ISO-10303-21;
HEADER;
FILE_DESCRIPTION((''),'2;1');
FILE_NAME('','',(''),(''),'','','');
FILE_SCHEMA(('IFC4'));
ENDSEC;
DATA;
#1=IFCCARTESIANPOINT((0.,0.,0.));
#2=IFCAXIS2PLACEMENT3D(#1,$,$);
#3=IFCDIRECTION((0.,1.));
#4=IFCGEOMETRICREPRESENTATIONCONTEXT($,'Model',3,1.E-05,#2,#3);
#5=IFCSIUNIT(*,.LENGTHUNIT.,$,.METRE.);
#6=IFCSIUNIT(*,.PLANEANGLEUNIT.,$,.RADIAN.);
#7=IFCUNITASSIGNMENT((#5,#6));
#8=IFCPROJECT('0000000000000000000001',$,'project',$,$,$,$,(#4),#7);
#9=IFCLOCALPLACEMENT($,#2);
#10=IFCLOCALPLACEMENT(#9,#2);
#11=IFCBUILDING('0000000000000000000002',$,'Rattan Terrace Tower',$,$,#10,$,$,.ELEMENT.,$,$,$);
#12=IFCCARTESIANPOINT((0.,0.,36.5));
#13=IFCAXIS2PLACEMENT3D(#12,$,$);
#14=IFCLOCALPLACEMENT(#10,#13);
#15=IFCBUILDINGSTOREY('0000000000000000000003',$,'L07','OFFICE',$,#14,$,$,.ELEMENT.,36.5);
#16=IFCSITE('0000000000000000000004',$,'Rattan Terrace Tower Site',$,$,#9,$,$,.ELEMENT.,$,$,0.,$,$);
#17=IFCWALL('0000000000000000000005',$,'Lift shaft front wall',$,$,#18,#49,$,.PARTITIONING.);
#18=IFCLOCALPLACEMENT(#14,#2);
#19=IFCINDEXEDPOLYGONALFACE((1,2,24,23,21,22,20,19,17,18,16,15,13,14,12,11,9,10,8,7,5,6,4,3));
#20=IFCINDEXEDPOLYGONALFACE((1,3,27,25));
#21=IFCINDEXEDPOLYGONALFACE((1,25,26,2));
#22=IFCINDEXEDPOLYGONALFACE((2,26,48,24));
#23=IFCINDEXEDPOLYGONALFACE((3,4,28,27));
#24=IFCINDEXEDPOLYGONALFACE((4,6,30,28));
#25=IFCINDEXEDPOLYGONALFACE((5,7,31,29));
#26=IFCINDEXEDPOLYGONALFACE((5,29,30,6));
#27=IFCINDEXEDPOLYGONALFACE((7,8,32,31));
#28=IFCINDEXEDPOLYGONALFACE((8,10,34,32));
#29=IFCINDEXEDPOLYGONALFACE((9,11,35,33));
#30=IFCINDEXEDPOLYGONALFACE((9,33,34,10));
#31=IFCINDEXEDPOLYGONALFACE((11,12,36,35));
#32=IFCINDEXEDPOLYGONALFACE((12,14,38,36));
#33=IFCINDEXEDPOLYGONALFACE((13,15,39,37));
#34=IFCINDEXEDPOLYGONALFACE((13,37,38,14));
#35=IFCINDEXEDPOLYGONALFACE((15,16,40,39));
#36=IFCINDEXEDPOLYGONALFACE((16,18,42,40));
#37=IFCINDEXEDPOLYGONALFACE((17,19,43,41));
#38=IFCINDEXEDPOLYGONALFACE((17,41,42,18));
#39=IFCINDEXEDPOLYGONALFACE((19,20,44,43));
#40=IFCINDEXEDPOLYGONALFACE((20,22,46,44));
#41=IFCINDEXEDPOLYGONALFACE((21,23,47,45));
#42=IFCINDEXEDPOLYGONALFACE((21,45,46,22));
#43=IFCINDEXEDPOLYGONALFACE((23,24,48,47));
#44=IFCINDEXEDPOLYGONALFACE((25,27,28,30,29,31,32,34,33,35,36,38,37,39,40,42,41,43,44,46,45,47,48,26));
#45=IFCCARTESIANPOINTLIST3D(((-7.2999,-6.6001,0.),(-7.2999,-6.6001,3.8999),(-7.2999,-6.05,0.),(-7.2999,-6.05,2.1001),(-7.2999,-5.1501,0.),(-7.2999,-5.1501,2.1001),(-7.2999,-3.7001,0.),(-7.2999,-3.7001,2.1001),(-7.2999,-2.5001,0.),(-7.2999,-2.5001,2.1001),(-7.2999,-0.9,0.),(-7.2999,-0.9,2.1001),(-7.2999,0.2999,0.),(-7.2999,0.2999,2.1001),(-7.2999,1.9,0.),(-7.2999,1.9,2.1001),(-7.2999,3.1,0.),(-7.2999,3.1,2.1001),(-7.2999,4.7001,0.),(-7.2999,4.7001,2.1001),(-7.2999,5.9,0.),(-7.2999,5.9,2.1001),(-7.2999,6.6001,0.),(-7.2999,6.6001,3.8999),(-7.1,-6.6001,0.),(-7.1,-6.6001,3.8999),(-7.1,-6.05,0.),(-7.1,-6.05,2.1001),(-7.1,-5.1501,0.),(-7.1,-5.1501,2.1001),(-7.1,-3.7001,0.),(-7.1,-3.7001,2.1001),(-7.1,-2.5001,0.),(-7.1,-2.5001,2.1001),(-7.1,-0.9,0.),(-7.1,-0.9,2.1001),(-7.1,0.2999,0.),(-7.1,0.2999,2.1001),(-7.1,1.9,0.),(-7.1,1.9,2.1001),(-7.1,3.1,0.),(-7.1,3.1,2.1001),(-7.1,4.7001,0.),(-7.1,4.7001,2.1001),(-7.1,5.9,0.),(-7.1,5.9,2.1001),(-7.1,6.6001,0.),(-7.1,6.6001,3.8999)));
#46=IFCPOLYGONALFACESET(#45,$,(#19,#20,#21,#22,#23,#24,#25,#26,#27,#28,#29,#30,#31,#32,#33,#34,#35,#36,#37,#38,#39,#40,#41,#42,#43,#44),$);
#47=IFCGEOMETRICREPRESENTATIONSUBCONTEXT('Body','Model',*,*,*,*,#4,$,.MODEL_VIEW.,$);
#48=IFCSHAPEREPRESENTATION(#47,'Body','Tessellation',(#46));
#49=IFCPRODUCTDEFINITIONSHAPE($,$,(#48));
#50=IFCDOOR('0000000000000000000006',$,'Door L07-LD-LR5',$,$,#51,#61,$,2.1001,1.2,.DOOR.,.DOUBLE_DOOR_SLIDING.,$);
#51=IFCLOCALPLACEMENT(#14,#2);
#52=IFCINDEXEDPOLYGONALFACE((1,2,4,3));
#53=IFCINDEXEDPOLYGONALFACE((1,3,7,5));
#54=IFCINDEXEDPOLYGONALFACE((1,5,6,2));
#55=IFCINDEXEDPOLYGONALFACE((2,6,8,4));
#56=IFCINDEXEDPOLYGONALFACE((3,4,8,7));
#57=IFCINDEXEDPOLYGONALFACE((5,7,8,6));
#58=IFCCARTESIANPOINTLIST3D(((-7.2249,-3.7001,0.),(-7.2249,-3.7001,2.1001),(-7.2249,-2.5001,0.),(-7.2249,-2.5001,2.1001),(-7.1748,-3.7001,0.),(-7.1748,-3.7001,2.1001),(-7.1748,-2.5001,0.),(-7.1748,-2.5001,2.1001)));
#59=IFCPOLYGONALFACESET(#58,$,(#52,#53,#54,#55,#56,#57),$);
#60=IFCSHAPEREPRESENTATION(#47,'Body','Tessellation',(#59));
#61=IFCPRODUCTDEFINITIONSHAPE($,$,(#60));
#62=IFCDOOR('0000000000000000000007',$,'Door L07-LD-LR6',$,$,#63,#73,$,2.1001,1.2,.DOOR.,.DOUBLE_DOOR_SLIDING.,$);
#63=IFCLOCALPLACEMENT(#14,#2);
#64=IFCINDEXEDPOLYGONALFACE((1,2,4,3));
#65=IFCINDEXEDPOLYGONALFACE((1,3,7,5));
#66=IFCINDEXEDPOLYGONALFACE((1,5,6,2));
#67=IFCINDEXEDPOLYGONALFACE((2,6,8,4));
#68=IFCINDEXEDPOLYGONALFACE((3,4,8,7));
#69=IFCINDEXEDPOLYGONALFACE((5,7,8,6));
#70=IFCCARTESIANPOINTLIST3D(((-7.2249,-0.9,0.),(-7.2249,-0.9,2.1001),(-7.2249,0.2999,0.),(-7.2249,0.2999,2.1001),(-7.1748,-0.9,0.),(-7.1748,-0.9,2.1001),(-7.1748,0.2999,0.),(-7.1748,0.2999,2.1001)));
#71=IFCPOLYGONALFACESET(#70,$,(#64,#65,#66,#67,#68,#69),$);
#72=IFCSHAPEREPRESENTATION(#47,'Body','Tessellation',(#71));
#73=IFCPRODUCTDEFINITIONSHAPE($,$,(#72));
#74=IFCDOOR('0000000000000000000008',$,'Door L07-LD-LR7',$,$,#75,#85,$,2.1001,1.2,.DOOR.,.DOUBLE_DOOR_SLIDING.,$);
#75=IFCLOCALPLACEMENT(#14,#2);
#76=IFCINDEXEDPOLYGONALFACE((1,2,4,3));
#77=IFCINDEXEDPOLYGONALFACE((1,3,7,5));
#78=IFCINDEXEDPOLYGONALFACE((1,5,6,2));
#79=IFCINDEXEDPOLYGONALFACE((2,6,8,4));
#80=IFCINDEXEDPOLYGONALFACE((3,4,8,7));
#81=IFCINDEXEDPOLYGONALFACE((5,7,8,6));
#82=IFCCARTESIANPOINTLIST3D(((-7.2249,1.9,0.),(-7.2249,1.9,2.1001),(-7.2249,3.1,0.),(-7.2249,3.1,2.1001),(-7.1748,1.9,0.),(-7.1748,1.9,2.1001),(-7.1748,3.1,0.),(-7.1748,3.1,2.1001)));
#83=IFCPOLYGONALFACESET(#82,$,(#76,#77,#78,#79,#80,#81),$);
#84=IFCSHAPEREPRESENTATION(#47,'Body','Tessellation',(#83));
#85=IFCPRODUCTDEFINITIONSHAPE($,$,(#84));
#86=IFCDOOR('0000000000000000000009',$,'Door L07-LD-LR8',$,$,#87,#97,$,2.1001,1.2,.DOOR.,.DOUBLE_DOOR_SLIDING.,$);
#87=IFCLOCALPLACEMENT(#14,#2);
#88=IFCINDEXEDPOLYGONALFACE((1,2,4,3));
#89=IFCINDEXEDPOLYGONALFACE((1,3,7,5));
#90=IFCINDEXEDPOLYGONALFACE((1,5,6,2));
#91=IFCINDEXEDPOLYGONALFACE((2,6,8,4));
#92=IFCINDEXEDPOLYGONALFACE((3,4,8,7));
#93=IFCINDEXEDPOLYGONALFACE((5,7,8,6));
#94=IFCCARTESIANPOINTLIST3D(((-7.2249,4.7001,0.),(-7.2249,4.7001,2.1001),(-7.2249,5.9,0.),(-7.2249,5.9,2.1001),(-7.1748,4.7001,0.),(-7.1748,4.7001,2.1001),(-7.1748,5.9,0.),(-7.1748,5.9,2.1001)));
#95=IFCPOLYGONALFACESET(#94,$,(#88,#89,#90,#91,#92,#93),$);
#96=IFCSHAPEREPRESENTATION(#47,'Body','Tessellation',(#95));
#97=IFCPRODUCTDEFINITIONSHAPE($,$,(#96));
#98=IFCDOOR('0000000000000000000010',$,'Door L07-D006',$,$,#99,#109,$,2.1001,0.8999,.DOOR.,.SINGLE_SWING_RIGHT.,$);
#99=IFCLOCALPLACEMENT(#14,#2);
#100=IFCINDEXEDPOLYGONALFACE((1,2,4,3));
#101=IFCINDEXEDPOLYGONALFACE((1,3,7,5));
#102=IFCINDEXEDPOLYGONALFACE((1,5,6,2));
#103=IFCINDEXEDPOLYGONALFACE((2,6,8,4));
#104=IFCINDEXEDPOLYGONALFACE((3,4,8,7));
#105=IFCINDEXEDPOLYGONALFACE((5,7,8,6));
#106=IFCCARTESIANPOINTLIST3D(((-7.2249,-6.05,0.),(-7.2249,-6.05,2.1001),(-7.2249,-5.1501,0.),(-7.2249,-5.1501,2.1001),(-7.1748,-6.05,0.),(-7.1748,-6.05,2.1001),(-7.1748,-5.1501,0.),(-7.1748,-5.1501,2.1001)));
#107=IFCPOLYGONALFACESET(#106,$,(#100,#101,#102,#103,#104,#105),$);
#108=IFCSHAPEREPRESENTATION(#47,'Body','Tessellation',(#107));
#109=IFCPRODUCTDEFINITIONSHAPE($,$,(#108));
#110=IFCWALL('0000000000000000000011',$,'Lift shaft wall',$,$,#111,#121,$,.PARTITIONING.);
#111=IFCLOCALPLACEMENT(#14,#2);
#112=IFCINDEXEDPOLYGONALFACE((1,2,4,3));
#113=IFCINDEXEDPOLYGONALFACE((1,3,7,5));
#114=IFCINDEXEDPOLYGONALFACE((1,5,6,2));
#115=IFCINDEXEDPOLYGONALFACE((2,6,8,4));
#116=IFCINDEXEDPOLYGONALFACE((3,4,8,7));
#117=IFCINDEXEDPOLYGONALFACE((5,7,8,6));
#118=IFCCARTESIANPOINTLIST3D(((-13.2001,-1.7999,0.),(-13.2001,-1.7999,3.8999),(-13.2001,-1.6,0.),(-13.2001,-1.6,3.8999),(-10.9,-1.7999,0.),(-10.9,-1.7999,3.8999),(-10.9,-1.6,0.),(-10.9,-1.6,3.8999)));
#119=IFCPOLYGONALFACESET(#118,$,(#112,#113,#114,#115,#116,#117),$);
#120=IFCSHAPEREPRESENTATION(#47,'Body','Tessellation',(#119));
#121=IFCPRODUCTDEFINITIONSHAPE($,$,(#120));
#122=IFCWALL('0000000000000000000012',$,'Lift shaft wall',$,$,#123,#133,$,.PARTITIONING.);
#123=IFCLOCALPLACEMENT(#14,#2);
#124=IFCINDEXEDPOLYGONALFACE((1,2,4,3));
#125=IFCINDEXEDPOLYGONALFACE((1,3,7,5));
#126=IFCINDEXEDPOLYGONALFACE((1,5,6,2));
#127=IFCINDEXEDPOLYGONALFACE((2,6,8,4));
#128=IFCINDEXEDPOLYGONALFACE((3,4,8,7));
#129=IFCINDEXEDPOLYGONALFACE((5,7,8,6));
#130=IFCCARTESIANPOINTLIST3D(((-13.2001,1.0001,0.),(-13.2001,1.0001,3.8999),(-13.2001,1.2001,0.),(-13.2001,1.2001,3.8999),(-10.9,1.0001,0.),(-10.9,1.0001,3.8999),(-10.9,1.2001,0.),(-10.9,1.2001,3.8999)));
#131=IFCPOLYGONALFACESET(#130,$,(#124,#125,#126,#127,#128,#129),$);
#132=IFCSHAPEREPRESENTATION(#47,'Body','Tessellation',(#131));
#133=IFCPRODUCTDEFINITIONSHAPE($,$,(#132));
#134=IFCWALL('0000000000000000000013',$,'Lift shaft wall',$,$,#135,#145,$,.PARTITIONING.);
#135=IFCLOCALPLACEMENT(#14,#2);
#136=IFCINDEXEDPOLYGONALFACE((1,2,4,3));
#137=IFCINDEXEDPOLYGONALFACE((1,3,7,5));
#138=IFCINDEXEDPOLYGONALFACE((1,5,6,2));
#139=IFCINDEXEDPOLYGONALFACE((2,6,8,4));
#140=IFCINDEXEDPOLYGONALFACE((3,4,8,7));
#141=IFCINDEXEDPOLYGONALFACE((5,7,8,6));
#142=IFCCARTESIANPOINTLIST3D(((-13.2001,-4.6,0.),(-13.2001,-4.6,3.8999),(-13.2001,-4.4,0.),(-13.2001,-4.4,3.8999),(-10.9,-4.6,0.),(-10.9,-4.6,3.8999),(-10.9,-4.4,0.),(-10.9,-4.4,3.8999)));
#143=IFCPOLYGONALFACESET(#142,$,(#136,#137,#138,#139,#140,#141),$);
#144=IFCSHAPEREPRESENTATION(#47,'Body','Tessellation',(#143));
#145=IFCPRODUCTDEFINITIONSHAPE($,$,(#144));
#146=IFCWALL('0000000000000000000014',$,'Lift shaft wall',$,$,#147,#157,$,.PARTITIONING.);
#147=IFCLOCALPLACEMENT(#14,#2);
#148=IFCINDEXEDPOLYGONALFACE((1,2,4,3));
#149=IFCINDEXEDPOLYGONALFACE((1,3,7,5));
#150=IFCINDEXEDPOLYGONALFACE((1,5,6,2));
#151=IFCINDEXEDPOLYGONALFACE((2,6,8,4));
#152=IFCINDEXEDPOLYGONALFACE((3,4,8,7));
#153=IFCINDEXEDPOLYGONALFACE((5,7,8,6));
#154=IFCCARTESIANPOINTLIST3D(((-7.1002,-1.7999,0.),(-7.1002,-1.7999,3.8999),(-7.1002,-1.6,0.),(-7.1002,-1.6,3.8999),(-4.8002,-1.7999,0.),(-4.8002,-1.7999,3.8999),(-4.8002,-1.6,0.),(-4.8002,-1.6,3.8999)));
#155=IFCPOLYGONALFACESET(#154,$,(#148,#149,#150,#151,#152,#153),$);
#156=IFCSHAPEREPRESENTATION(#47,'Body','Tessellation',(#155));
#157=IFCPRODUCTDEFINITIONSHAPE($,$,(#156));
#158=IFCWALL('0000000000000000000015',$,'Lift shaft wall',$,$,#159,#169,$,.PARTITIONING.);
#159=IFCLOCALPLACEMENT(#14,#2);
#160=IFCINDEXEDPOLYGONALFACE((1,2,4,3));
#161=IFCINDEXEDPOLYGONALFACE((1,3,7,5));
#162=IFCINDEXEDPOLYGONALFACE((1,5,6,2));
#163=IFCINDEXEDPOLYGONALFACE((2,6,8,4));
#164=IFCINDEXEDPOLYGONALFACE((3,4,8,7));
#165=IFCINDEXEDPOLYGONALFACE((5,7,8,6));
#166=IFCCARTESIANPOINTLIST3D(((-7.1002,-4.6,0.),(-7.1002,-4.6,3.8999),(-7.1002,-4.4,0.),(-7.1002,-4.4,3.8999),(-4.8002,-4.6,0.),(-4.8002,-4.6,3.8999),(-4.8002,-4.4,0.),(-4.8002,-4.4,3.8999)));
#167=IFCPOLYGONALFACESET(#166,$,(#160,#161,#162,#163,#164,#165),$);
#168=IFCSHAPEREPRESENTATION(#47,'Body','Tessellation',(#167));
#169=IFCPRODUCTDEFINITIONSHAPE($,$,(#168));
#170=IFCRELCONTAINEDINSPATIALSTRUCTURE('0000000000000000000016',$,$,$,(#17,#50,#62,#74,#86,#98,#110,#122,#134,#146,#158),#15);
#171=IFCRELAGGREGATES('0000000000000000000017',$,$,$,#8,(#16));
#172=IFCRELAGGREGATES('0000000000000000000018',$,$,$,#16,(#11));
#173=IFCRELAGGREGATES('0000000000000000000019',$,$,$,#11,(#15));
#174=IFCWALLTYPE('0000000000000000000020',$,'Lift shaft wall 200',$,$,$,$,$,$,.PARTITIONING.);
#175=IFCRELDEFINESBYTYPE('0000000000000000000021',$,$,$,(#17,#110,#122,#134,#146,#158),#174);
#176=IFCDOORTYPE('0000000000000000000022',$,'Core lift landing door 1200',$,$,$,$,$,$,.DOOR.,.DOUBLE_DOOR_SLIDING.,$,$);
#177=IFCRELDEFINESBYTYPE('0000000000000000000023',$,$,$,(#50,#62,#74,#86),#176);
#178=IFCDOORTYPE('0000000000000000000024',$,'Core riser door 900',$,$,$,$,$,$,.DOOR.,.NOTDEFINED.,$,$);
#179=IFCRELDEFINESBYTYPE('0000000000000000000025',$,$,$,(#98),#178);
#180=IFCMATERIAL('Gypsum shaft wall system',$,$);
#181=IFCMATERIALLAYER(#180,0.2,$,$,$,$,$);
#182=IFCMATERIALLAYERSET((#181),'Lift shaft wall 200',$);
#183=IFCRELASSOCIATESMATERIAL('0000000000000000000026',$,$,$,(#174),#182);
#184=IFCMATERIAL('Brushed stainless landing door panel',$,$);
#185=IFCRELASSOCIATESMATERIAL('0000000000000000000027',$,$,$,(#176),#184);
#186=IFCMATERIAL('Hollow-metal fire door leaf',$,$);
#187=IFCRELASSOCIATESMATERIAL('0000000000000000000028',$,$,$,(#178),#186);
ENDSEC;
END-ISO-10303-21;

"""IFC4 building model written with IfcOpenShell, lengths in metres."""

from ifc_helpers import new_model, si_unit, direction, frame, frame_2d, origin, place, context, subcontext, project, spatial, rectangle, extrude, material, layer, layer_set, type_object, element, fill, save


model = new_model("IFC4")

# Units and contexts
model_context = context("Model", 3, precision=1e-05, world=origin(), true_north=direction((0.0, 1.0)))
body_context = subcontext(model_context, "Body", "Model", "MODEL_VIEW")
ifc_project = project(units=[si_unit("LENGTHUNIT", "METRE"), si_unit("PLANEANGLEUNIT", "RADIAN")], contexts=[model_context])

# Site, building, storey
site_placement = place(None, origin())
site = spatial("IfcSite", under=ifc_project, at=site_placement, Name="Rattan Terrace Tower Site", CompositionType="ELEMENT", RefElevation=0.0)
building_placement = place(site_placement, origin())
building = spatial("IfcBuilding", under=site, at=building_placement, Name="Rattan Terrace Tower", CompositionType="ELEMENT")
storey_placement = place(building_placement, frame((0.0, 0.0, 36.5)))
storey = spatial("IfcBuildingStorey", under=building, at=storey_placement, Name="L07", Description="OFFICE", CompositionType="ELEMENT", Elevation=36.5)

# Wall, openings, doors
ifc_material_1 = material(Name="Gypsum shaft wall system")
ifc_layer_1 = layer(ifc_material_1, 0.2)
ifc_layer_set_1 = layer_set([ifc_layer_1], Name="Lift shaft wall 200")
wall_type_1 = type_object("IfcWallType", Name="Lift shaft wall 200", PredefinedType="PARTITIONING", material=ifc_layer_set_1)
ifc_material_2 = material(Name="Brushed stainless landing door panel")
door_type_1 = type_object("IfcDoorType", Name="Core lift landing door 1200", OperationType="DOUBLE_DOOR_SLIDING", PredefinedType="DOOR", material=ifc_material_2)
ifc_material_3 = material(Name="Hollow-metal fire door leaf")
door_type_2 = type_object("IfcDoorType", Name="Core riser door 900", OperationType="NOTDEFINED", PredefinedType="DOOR", material=ifc_material_3)
wall_1_placement = place(storey_placement, frame((-7.2, -6.6001, 0.0), z_axis=(0.0, 0.0, 1.0), x_axis=(0.0, 1.0, 0.0)))
wall_1 = element("IfcWall", 1, at=wall_1_placement, inside=storey, type_object=wall_type_1, Name="Lift shaft front wall", PredefinedType="PARTITIONING", context=body_context, shape_type="SweptSolid", body=[
    extrude(rectangle(XDim=13.2002, YDim=0.2, at=frame_2d((6.6001, 0.0))), origin(), (0.0, 0.0, 1.0), 3.8999),
])
opening_1_placement = place(wall_1_placement, frame((0.55, 0.0, 0.0)))
opening_1 = element("IfcOpeningElement", 2, at=opening_1_placement, cuts=wall_1, PredefinedType="OPENING", context=body_context, shape_type="SweptSolid", body=[
    extrude(rectangle(XDim=0.8999, YDim=2.1001, at=frame_2d((0.45, 1.05))), frame((0.0, 0.1106, 0.0), z_axis=(0.0, -1.0, 0.0), x_axis=(1.0, 0.0, 0.0)), (0.0, 0.0, 1.0), 0.2209),
])
opening_2_placement = place(wall_1_placement, frame((2.8999, 0.0, 0.0)))
opening_2 = element("IfcOpeningElement", 3, at=opening_2_placement, cuts=wall_1, PredefinedType="OPENING", context=body_context, shape_type="SweptSolid", body=[
    extrude(rectangle(XDim=1.2, YDim=2.1001, at=frame_2d((0.6001, 1.05))), frame((0.0, 0.1106, 0.0), z_axis=(0.0, -1.0, 0.0), x_axis=(1.0, 0.0, 0.0)), (0.0, 0.0, 1.0), 0.2209),
])
opening_3_placement = place(wall_1_placement, frame((5.7, 0.0, 0.0)))
opening_3 = element("IfcOpeningElement", 4, at=opening_3_placement, cuts=wall_1, PredefinedType="OPENING", context=body_context, shape_type="SweptSolid", body=[
    extrude(rectangle(XDim=1.2, YDim=2.1001, at=frame_2d((0.6001, 1.05))), frame((0.0, 0.1106, 0.0), z_axis=(0.0, -1.0, 0.0), x_axis=(1.0, 0.0, 0.0)), (0.0, 0.0, 1.0), 0.2209),
])
opening_4_placement = place(wall_1_placement, frame((8.5, 0.0, 0.0)))
opening_4 = element("IfcOpeningElement", 5, at=opening_4_placement, cuts=wall_1, PredefinedType="OPENING", context=body_context, shape_type="SweptSolid", body=[
    extrude(rectangle(XDim=1.2, YDim=2.1001, at=frame_2d((0.6001, 1.05))), frame((0.0, 0.1106, 0.0), z_axis=(0.0, -1.0, 0.0), x_axis=(1.0, 0.0, 0.0)), (0.0, 0.0, 1.0), 0.2209),
])
opening_5_placement = place(wall_1_placement, frame((11.3, 0.0, 0.0)))
opening_5 = element("IfcOpeningElement", 6, at=opening_5_placement, cuts=wall_1, PredefinedType="OPENING", context=body_context, shape_type="SweptSolid", body=[
    extrude(rectangle(XDim=1.2, YDim=2.1001, at=frame_2d((0.6001, 1.05))), frame((0.0, 0.1106, 0.0), z_axis=(0.0, -1.0, 0.0), x_axis=(1.0, 0.0, 0.0)), (0.0, 0.0, 1.0), 0.2209),
])
door_1_placement = place(opening_2_placement, origin())
door_1 = element("IfcDoor", 7, at=door_1_placement, inside=storey, type_object=door_type_1, Name="Door L07-LD-LR5", OperationType="DOUBLE_DOOR_SLIDING", OverallHeight=2.1001, OverallWidth=1.2, PredefinedType="DOOR", context=body_context, shape_type="SweptSolid", body=[
    extrude(rectangle(XDim=1.2, YDim=2.1001, at=frame_2d((0.6001, 1.05))), frame((0.0, 0.0249, 0.0), z_axis=(0.0, -1.0, 0.0), x_axis=(1.0, 0.0, 0.0)), (0.0, 0.0, 1.0), 0.05),
])
fill(opening_2, door_1)
door_2_placement = place(opening_3_placement, origin())
door_2 = element("IfcDoor", 8, at=door_2_placement, inside=storey, type_object=door_type_1, Name="Door L07-LD-LR6", OperationType="DOUBLE_DOOR_SLIDING", OverallHeight=2.1001, OverallWidth=1.2, PredefinedType="DOOR", context=body_context, shape_type="SweptSolid", body=[
    extrude(rectangle(XDim=1.2, YDim=2.1001, at=frame_2d((0.6001, 1.05))), frame((0.0, 0.0249, 0.0), z_axis=(0.0, -1.0, 0.0), x_axis=(1.0, 0.0, 0.0)), (0.0, 0.0, 1.0), 0.05),
])
fill(opening_3, door_2)
door_3_placement = place(opening_4_placement, origin())
door_3 = element("IfcDoor", 9, at=door_3_placement, inside=storey, type_object=door_type_1, Name="Door L07-LD-LR7", OperationType="DOUBLE_DOOR_SLIDING", OverallHeight=2.1001, OverallWidth=1.2, PredefinedType="DOOR", context=body_context, shape_type="SweptSolid", body=[
    extrude(rectangle(XDim=1.2, YDim=2.1001, at=frame_2d((0.6001, 1.05))), frame((0.0, 0.0249, 0.0), z_axis=(0.0, -1.0, 0.0), x_axis=(1.0, 0.0, 0.0)), (0.0, 0.0, 1.0), 0.05),
])
fill(opening_4, door_3)
door_4_placement = place(opening_5_placement, origin())
door_4 = element("IfcDoor", 10, at=door_4_placement, inside=storey, type_object=door_type_1, Name="Door L07-LD-LR8", OperationType="DOUBLE_DOOR_SLIDING", OverallHeight=2.1001, OverallWidth=1.2, PredefinedType="DOOR", context=body_context, shape_type="SweptSolid", body=[
    extrude(rectangle(XDim=1.2, YDim=2.1001, at=frame_2d((0.6001, 1.05))), frame((0.0, 0.0249, 0.0), z_axis=(0.0, -1.0, 0.0), x_axis=(1.0, 0.0, 0.0)), (0.0, 0.0, 1.0), 0.05),
])
fill(opening_5, door_4)
door_5_placement = place(opening_1_placement, origin())
door_5 = element("IfcDoor", 11, at=door_5_placement, inside=storey, type_object=door_type_2, Name="Door L07-D006", OperationType="SINGLE_SWING_RIGHT", OverallHeight=2.1001, OverallWidth=0.8999, PredefinedType="DOOR", context=body_context, shape_type="SweptSolid", body=[
    extrude(rectangle(XDim=0.8999, YDim=2.1001, at=frame_2d((0.45, 1.05))), frame((0.0, 0.0249, 0.0), z_axis=(0.0, -1.0, 0.0), x_axis=(1.0, 0.0, 0.0)), (0.0, 0.0, 1.0), 0.05),
])
fill(opening_1, door_5)

# Walls
for number, where, z_axis, x_axis, name in (
    (12, (-13.2, -1.7, 0.0), (0.0, 0.0, 1.0), (1.0, 0.0, 0.0), "Lift shaft wall"),
    (13, (-13.2, 1.1001, 0.0), (0.0, 0.0, 1.0), (1.0, 0.0, 0.0), "Lift shaft wall"),
    (14, (-13.2, -4.5, 0.0), (0.0, 0.0, 1.0), (1.0, 0.0, 0.0), "Lift shaft wall"),
    (15, (-7.1001, -1.7, 0.0), (0.0, 0.0, 1.0), (1.0, 0.0, 0.0), "Lift shaft wall"),
    (16, (-7.1001, -4.5, 0.0), (0.0, 0.0, 1.0), (1.0, 0.0, 0.0), "Lift shaft wall"),
):
    element("IfcWall", number, at=place(storey_placement, frame(where, z_axis=z_axis, x_axis=x_axis)), inside=storey, type_object=wall_type_1, Name=name, PredefinedType="PARTITIONING", context=body_context, shape_type="SweptSolid", body=[
        extrude(rectangle(XDim=2.3, YDim=0.2, at=frame_2d((1.1499, 0.0))), origin(), (0.0, 0.0, 1.0), 3.8999),
    ])

save(model, "model.ifc")
